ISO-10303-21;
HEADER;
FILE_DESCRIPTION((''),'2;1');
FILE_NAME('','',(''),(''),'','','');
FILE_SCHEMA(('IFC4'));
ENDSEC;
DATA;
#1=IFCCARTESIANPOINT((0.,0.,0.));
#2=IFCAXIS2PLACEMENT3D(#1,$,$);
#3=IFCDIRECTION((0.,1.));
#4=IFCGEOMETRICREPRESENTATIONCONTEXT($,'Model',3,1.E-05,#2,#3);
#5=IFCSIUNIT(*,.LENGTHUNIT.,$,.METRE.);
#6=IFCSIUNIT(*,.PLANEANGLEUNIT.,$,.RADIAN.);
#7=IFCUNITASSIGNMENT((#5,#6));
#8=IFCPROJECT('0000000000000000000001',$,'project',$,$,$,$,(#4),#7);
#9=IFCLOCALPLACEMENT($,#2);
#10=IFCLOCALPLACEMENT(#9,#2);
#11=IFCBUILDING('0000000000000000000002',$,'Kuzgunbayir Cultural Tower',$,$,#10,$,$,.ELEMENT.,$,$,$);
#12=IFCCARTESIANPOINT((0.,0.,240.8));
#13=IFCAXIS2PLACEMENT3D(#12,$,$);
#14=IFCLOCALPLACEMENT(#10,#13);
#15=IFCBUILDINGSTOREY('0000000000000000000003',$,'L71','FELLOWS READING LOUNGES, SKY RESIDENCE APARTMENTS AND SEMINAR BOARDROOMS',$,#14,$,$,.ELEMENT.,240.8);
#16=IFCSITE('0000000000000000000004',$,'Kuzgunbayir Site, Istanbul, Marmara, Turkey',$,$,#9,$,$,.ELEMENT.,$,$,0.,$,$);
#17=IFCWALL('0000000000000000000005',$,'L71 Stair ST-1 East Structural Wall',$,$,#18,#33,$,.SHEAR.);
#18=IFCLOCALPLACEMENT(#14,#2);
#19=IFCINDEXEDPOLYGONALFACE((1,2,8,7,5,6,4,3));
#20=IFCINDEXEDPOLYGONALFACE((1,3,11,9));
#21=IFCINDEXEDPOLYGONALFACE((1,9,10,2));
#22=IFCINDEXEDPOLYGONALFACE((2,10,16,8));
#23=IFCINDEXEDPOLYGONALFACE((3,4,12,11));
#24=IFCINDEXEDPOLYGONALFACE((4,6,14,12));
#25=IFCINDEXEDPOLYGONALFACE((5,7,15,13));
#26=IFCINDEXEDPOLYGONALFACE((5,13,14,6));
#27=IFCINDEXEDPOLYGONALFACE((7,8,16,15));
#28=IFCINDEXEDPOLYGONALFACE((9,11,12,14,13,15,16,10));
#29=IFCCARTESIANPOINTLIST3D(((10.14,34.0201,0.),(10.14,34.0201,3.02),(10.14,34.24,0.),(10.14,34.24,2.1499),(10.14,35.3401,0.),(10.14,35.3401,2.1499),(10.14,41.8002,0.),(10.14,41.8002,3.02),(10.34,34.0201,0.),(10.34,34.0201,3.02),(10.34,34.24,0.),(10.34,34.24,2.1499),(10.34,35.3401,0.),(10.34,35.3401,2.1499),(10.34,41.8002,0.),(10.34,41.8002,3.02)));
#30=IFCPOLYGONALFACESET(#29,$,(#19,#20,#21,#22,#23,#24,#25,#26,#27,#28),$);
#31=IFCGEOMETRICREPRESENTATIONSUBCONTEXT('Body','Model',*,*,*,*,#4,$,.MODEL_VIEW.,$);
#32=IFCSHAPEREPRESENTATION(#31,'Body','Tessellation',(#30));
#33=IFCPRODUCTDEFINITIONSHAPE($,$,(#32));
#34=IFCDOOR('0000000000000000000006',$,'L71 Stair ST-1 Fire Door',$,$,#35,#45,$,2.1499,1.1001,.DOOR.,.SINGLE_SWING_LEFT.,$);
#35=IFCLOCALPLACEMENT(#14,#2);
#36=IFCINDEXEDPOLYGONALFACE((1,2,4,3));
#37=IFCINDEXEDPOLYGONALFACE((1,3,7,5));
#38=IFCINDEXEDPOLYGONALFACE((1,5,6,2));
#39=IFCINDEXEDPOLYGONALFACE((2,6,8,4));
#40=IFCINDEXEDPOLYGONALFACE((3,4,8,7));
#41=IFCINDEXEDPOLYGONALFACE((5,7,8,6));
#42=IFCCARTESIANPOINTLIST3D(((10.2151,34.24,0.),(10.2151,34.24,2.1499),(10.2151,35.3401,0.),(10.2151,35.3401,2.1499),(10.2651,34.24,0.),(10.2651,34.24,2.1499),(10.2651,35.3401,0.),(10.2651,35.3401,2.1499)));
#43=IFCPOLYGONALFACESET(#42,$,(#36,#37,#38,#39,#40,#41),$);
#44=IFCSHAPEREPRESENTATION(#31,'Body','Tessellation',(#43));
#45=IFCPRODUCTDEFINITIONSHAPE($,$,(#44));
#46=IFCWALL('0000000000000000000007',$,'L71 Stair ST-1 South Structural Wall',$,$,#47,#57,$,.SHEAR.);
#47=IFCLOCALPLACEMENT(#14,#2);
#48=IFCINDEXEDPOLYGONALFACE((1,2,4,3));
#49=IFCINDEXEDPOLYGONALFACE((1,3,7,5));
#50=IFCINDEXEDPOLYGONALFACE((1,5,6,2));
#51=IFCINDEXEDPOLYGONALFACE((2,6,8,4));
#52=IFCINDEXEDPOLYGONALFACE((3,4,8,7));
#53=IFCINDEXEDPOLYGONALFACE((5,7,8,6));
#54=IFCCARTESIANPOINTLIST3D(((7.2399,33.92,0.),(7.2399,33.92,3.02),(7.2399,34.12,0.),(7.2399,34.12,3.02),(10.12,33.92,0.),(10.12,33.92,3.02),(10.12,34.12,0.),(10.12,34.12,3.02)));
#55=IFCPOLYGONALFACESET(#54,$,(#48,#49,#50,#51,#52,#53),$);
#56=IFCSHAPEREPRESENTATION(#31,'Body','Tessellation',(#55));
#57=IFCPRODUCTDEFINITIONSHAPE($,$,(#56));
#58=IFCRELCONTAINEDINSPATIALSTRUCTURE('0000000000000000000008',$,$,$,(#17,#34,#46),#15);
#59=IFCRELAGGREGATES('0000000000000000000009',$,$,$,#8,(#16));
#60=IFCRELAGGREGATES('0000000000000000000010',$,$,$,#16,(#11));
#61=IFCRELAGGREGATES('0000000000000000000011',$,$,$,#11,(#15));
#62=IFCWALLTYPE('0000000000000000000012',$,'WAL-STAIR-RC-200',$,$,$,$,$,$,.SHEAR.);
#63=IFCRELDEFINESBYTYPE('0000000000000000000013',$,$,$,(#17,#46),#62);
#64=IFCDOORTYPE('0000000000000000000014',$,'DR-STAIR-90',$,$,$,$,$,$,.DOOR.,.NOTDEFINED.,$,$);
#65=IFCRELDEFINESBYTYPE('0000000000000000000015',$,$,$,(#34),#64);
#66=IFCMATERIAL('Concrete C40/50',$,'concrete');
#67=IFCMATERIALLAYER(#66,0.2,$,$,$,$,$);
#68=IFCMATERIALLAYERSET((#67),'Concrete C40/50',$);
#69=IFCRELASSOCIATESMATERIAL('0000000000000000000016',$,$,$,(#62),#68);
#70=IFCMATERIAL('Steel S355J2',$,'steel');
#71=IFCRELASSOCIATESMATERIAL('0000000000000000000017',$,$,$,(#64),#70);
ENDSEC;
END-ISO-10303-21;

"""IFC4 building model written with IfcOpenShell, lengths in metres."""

from ifc_helpers import new_model, si_unit, direction, frame, frame_2d, origin, place, context, subcontext, project, spatial, rectangle, extrude, material, layer, layer_set, type_object, element, fill, save


model = new_model("IFC4")

# Units and contexts
model_context = context("Model", 3, precision=1e-05, world=origin(), true_north=direction((0.0, 1.0)))
body_context = subcontext(model_context, "Body", "Model", "MODEL_VIEW")
ifc_project = project(units=[si_unit("LENGTHUNIT", "METRE"), si_unit("PLANEANGLEUNIT", "RADIAN")], contexts=[model_context])

# Site, building, storey
site_placement = place(None, origin())
site = spatial("IfcSite", under=ifc_project, at=site_placement, Name="Kuzgunbayir Site, Istanbul, Marmara, Turkey", CompositionType="ELEMENT", RefElevation=0.0)
building_placement = place(site_placement, origin())
building = spatial("IfcBuilding", under=site, at=building_placement, Name="Kuzgunbayir Cultural Tower", CompositionType="ELEMENT")
storey_placement = place(building_placement, frame((0.0, 0.0, 240.8)))
storey = spatial("IfcBuildingStorey", under=building, at=storey_placement, Name="L71", Description="FELLOWS READING LOUNGES, SKY RESIDENCE APARTMENTS AND SEMINAR BOARDROOMS", CompositionType="ELEMENT", Elevation=240.8)

# Shared definitions
ifc_material_1 = material(Name="Steel S355J2", Category="steel")

# Shared definitions
ifc_material_2 = material(Name="Concrete C40/50", Category="concrete")
ifc_layer_1 = layer(ifc_material_2, 0.2)
ifc_layer_set_1 = layer_set([ifc_layer_1], Name="Concrete C40/50")
wall_type_1 = type_object("IfcWallType", Name="WAL-STAIR-RC-200", PredefinedType="SHEAR", material=ifc_layer_set_1)

# Wall, opening, door
wall_1_placement = place(storey_placement, frame((10.24, 34.02, 0.0), z_axis=(0.0, 0.0, 1.0), x_axis=(0.0, 1.0, 0.0)))
wall_1 = element("IfcWall", 1, at=wall_1_placement, inside=storey, type_object=wall_type_1, Name="L71 Stair ST-1 East Structural Wall", PredefinedType="SHEAR", context=body_context, shape_type="SweptSolid", body=[
    extrude(rectangle(XDim=7.78, YDim=0.2, at=frame_2d((3.8901, 0.0))), origin(), (0.0, 0.0, 1.0), 3.02),
])
opening_1_placement = place(wall_1_placement, frame((0.22, 0.0, 0.0)))
opening_1 = element("IfcOpeningElement", 2, at=opening_1_placement, cuts=wall_1, PredefinedType="OPENING", context=body_context, shape_type="SweptSolid", body=[
    extrude(rectangle(XDim=1.1001, YDim=2.1499, at=frame_2d((0.55, 1.075))), frame((0.0, 0.1099, 0.0), z_axis=(0.0, -1.0, 0.0), x_axis=(1.0, 0.0, 0.0)), (0.0, 0.0, 1.0), 0.22),
])
door_type_1 = type_object("IfcDoorType", Name="DR-STAIR-90", OperationType="NOTDEFINED", PredefinedType="DOOR", material=ifc_material_1)
door_1_placement = place(opening_1_placement, origin())
door_1 = element("IfcDoor", 3, at=door_1_placement, inside=storey, type_object=door_type_1, Name="L71 Stair ST-1 Fire Door", OperationType="SINGLE_SWING_LEFT", OverallHeight=2.1499, OverallWidth=1.1001, PredefinedType="DOOR", context=body_context, shape_type="SweptSolid", body=[
    extrude(rectangle(XDim=1.1001, YDim=2.1499, at=frame_2d((0.55, 1.075))), frame((0.0, 0.0249, 0.0), z_axis=(0.0, -1.0, 0.0), x_axis=(1.0, 0.0, 0.0)), (0.0, 0.0, 1.0), 0.05),
])
fill(opening_1, door_1)

# Wall
wall_2_placement = place(storey_placement, frame((7.24, 34.02, 0.0), z_axis=(0.0, 0.0, 1.0), x_axis=(1.0, 0.0, 0.0)))
element("IfcWall", 4, at=wall_2_placement, inside=storey, type_object=wall_type_1, Name="L71 Stair ST-1 South Structural Wall", PredefinedType="SHEAR", context=body_context, shape_type="SweptSolid", body=[
    extrude(rectangle(XDim=2.8801, YDim=0.2, at=frame_2d((1.4399, 0.0))), origin(), (0.0, 0.0, 1.0), 3.02),
])

save(model, "model.ifc")
